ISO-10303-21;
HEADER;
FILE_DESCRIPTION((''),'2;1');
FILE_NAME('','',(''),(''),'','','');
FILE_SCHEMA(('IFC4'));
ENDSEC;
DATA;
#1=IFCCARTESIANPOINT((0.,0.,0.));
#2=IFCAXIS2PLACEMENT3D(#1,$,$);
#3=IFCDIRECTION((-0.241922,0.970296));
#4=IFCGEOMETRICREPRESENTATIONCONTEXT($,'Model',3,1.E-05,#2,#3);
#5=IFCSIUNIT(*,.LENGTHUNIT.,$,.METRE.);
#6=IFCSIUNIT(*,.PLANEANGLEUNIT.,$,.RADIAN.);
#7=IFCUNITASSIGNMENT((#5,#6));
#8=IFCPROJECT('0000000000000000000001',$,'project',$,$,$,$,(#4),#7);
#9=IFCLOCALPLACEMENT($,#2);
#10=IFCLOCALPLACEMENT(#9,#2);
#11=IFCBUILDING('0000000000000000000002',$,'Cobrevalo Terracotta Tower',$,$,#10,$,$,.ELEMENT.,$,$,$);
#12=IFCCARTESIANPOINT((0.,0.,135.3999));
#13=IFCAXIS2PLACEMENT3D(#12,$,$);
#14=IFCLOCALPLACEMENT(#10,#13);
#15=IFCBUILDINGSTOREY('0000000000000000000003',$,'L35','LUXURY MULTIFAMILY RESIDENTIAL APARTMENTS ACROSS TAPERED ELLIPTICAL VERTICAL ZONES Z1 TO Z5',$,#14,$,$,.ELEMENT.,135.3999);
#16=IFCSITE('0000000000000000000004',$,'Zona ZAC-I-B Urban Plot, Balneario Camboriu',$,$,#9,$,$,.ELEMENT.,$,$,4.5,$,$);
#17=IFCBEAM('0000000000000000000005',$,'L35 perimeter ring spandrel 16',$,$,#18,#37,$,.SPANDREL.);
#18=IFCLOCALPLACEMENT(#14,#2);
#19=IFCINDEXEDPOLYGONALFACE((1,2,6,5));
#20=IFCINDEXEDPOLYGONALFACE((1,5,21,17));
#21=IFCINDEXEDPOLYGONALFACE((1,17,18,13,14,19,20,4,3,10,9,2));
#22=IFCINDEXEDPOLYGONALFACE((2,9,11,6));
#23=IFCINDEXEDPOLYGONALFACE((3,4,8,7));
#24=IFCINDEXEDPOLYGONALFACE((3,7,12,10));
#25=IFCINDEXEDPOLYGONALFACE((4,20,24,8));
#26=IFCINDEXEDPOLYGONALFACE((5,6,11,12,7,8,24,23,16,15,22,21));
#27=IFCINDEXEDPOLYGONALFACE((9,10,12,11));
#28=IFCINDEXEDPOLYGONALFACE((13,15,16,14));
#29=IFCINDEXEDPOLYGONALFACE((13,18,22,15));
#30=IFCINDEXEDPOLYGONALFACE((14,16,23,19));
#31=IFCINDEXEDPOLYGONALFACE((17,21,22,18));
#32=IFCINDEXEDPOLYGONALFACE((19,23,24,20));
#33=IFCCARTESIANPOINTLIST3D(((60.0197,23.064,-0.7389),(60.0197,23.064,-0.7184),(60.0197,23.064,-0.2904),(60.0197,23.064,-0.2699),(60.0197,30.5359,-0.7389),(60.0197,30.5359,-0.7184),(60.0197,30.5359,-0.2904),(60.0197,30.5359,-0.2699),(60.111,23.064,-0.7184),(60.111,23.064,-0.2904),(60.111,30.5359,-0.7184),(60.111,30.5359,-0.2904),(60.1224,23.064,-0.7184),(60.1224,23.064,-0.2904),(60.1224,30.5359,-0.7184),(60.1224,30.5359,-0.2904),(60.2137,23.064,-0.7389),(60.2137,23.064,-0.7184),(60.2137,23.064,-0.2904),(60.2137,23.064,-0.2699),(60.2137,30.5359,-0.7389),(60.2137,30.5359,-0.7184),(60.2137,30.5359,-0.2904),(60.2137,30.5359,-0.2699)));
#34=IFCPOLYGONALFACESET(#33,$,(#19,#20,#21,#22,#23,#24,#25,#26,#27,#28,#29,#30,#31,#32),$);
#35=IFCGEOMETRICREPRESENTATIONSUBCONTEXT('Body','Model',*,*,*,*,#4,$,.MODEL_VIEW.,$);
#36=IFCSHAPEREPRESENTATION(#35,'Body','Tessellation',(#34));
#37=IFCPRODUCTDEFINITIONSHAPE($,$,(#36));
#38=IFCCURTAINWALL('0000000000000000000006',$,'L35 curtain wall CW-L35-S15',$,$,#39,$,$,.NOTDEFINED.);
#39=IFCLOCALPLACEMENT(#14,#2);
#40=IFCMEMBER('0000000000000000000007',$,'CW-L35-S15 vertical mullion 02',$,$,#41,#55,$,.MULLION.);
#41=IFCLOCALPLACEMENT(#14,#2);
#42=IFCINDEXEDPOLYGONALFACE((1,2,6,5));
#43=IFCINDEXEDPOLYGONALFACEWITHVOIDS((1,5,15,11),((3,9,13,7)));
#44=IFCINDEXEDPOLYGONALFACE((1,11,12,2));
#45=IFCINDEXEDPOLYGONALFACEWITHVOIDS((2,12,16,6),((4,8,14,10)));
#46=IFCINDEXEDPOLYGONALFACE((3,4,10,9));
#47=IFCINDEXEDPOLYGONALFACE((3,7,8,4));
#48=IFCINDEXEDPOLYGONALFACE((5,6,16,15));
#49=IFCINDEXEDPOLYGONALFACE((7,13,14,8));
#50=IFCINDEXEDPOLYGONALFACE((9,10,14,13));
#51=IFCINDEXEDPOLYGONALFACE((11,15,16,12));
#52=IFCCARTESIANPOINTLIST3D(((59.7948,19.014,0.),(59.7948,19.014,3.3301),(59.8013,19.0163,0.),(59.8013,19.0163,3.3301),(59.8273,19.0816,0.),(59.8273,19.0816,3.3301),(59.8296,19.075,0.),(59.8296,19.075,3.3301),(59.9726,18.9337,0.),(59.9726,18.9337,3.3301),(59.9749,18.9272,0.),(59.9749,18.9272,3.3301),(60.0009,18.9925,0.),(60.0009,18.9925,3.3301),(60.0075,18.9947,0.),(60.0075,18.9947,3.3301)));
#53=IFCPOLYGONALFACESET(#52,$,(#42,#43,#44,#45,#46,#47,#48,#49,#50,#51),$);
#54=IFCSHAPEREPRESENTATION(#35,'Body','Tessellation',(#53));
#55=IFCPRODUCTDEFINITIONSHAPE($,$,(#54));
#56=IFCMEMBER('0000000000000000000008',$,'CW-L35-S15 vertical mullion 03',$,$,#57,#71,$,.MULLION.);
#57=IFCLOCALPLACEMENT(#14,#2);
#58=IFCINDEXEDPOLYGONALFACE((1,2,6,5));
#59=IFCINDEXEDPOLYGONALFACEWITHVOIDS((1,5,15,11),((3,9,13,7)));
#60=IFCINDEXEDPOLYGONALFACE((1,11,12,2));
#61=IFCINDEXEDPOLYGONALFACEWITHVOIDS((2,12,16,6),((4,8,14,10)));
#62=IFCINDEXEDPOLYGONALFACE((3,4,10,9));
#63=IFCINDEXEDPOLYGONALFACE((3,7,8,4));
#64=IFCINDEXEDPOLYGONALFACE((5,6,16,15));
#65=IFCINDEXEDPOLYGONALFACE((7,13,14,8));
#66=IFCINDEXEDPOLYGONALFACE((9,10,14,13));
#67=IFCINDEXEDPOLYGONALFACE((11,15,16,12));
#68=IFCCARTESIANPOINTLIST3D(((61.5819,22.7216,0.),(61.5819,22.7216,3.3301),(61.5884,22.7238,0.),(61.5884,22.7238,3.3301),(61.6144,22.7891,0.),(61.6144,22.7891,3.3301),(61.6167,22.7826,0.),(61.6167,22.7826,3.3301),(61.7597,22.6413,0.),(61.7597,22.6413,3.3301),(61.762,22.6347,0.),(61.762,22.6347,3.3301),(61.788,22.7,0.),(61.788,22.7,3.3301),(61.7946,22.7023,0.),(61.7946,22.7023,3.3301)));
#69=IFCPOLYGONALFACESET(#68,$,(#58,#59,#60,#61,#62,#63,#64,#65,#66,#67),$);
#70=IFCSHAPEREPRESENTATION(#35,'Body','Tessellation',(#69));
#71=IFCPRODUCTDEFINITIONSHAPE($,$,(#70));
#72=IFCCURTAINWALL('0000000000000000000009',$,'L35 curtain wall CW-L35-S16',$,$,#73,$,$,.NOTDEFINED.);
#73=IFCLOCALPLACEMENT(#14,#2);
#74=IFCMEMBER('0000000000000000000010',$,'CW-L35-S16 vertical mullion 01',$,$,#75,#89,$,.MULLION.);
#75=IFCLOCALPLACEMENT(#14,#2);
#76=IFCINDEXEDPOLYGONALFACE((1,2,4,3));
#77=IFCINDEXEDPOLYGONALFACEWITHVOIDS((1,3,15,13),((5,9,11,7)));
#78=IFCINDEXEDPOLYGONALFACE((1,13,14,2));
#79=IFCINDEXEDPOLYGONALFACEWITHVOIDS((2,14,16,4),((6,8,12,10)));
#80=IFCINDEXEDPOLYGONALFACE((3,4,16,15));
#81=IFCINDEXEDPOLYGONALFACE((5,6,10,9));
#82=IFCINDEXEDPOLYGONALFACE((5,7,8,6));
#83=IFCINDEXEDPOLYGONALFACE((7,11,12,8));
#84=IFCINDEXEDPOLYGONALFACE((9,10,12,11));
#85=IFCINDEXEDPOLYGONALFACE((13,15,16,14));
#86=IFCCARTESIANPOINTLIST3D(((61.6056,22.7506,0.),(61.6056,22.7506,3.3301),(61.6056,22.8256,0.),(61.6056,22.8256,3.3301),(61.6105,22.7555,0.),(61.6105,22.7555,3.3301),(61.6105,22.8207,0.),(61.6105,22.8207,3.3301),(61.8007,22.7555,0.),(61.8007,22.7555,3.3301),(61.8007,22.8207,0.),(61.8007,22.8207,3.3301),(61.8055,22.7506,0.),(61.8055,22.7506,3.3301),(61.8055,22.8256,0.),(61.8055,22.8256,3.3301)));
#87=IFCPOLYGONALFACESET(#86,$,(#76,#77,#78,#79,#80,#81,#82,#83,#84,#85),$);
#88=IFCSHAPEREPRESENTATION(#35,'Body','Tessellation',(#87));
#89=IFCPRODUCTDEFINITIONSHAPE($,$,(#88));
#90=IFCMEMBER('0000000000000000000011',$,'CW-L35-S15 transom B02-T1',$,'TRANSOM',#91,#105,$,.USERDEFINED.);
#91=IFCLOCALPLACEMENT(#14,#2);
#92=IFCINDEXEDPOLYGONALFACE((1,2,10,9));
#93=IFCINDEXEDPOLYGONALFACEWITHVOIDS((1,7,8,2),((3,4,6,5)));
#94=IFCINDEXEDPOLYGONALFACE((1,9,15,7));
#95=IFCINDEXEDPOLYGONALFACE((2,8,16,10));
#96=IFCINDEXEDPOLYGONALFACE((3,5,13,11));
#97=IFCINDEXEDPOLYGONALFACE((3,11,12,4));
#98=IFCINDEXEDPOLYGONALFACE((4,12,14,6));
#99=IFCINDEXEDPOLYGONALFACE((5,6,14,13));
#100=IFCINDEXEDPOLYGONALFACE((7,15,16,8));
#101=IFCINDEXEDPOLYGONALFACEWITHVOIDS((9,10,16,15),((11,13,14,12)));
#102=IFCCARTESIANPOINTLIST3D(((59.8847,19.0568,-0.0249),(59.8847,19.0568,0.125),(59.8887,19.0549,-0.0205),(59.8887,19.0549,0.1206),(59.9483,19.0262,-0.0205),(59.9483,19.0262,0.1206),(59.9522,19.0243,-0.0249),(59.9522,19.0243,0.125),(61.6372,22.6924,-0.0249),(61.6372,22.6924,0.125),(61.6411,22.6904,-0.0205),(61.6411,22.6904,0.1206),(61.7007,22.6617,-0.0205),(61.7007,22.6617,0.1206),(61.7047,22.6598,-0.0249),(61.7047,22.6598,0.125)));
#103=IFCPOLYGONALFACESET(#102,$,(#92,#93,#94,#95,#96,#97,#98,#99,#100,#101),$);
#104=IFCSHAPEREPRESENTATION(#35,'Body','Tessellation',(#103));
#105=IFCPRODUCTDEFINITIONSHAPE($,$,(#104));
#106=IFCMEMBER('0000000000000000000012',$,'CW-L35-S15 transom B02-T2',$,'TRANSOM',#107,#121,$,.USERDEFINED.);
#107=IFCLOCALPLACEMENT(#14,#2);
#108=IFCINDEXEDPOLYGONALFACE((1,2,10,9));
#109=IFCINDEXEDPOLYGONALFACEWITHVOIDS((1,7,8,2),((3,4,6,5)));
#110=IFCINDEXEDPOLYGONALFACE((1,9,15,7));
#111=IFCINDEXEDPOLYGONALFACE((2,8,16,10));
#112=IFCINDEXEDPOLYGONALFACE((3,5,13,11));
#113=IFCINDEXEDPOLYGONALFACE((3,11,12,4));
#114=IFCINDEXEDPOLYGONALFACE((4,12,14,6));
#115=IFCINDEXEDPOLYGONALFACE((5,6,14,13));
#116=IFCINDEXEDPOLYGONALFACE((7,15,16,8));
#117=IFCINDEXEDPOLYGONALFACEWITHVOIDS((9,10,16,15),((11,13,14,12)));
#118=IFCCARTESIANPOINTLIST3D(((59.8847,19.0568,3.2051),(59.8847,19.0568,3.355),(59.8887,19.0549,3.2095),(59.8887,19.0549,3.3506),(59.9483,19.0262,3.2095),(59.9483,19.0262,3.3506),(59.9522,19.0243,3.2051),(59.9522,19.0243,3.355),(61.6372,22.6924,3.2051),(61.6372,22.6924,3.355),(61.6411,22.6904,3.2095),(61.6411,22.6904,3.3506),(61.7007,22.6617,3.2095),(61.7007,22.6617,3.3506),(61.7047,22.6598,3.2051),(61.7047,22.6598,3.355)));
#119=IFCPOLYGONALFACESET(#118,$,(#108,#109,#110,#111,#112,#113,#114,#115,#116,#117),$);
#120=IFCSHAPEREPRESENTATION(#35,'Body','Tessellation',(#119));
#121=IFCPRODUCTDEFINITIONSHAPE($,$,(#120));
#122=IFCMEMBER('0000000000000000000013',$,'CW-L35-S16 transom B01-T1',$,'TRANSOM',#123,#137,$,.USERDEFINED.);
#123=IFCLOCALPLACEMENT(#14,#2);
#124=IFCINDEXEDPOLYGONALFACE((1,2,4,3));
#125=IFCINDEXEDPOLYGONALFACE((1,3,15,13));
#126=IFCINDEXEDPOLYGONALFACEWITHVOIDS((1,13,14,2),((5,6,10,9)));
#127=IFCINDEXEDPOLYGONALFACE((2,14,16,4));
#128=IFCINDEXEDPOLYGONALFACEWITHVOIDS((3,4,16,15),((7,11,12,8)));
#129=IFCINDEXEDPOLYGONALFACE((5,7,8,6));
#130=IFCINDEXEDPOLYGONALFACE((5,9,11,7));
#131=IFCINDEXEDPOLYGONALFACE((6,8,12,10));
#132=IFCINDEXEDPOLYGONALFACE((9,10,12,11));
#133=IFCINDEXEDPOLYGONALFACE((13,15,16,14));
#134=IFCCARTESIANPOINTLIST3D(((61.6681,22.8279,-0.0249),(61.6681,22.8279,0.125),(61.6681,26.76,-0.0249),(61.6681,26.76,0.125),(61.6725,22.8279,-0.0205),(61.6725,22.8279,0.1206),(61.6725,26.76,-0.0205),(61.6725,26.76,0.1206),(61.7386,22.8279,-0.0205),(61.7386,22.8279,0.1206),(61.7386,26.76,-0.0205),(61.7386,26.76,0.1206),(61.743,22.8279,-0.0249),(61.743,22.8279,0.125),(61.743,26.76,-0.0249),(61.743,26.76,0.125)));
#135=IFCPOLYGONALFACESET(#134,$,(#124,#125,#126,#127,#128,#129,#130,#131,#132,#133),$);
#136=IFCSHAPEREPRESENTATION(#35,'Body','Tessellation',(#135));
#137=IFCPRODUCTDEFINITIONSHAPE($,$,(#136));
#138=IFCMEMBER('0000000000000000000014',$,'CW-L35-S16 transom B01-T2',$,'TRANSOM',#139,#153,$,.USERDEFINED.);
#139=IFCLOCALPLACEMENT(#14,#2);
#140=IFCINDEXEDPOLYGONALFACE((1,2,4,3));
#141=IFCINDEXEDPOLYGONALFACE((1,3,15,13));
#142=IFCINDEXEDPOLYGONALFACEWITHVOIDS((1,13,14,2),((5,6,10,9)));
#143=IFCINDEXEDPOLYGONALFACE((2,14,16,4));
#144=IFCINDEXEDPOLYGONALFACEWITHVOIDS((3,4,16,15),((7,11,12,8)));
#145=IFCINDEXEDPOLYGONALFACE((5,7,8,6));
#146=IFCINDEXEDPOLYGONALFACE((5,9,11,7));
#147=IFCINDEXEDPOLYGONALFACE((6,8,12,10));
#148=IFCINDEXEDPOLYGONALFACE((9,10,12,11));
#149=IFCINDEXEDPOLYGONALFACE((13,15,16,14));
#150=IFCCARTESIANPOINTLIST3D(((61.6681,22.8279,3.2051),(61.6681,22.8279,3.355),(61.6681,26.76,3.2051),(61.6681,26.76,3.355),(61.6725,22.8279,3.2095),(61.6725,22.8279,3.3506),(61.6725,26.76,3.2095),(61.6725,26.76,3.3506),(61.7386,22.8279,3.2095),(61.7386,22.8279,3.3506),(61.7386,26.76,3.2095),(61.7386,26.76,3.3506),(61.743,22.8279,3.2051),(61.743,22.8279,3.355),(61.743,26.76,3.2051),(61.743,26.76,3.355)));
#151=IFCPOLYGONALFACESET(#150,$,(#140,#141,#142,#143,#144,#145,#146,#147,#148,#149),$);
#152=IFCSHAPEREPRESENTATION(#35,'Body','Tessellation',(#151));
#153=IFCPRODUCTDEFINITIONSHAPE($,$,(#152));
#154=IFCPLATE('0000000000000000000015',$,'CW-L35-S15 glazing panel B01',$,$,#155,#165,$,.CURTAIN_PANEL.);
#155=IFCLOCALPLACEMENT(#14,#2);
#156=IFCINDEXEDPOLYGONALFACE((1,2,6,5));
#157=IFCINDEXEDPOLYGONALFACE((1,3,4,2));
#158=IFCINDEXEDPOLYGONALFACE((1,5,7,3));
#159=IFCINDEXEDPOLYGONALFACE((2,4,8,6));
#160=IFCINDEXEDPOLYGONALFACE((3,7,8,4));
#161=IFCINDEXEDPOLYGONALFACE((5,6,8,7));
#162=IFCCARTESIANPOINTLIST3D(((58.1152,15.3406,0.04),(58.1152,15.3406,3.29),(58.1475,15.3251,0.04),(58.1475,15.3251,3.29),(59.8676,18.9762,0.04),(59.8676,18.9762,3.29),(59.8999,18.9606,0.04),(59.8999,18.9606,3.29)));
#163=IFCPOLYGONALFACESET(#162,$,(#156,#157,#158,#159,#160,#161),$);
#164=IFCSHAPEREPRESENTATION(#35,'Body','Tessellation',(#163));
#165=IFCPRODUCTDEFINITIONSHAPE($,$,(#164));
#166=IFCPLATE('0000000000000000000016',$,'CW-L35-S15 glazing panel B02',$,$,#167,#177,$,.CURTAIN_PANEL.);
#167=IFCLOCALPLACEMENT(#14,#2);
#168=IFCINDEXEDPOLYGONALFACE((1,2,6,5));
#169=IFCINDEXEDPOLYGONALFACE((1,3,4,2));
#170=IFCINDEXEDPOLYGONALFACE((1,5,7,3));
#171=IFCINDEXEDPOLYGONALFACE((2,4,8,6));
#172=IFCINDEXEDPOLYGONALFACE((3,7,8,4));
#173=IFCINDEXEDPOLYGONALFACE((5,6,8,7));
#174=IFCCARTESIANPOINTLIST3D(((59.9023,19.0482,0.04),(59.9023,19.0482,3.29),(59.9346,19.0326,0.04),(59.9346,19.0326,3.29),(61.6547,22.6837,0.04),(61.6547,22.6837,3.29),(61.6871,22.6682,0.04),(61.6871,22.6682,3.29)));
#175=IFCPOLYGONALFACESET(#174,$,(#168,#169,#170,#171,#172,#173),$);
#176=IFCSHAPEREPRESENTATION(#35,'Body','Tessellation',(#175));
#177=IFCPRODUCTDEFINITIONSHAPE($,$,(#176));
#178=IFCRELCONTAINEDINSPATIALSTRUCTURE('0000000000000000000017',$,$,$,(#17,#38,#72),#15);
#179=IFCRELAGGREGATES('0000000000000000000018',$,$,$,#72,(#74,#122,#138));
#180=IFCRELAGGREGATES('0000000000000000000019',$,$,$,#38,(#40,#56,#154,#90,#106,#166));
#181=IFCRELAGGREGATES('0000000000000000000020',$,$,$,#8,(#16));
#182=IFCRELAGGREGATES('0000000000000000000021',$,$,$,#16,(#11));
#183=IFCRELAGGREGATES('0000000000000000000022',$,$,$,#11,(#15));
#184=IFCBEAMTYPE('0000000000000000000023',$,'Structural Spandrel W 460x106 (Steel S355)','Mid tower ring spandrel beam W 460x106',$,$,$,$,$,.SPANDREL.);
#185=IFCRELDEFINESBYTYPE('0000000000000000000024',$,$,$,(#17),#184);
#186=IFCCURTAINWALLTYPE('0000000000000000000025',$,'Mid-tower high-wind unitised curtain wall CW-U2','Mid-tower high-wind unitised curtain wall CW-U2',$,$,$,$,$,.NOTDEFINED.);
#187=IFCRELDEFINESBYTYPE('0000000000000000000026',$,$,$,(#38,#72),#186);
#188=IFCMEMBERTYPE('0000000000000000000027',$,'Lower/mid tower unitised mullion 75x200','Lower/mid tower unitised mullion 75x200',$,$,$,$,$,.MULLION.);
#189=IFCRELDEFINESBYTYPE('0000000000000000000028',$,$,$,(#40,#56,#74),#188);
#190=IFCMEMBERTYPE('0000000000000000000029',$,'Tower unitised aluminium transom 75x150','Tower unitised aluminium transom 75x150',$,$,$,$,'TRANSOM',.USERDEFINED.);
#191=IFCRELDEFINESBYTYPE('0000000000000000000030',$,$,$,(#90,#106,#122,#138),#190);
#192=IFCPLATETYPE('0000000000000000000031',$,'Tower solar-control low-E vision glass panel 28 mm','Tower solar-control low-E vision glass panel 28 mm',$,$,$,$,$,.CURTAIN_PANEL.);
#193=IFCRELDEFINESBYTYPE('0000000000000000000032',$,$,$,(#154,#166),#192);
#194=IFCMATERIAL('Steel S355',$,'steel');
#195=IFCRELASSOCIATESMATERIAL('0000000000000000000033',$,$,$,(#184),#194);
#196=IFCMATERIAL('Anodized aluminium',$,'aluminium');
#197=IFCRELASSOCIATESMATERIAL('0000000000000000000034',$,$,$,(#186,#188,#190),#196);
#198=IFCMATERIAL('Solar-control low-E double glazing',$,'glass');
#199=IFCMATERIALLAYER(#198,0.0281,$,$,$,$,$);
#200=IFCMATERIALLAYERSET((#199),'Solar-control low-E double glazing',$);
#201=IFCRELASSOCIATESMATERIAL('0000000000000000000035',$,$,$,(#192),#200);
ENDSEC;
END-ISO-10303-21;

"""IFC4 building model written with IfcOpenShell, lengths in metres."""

from ifc_helpers import new_model, si_unit, direction, frame, origin, origin_2d, place, context, subcontext, project, spatial, rectangle, hollow_rectangle, i_section, extrude, source, transform, mapped, material, layer, layer_set, material_profile, profile_set, type_object, element, aggregate, save


model = new_model("IFC4")

# Units and contexts
model_context = context("Model", 3, precision=1e-05, world=origin(), true_north=direction((-0.241922, 0.970296)))
body_context = subcontext(model_context, "Body", "Model", "MODEL_VIEW")
ifc_project = project(units=[si_unit("LENGTHUNIT", "METRE"), si_unit("PLANEANGLEUNIT", "RADIAN")], contexts=[model_context])

# Site, building, storey
site_placement = place(None, origin())
site = spatial("IfcSite", under=ifc_project, at=site_placement, Name="Zona ZAC-I-B Urban Plot, Balneario Camboriu", CompositionType="ELEMENT", RefElevation=4.5)
building_placement = place(site_placement, origin())
building = spatial("IfcBuilding", under=site, at=building_placement, Name="Cobrevalo Terracotta Tower", CompositionType="ELEMENT")
storey_placement = place(building_placement, frame((0.0, 0.0, 135.3999)))
storey = spatial("IfcBuildingStorey", under=building, at=storey_placement, Name="L35", Description="LUXURY MULTIFAMILY RESIDENTIAL APARTMENTS ACROSS TAPERED ELLIPTICAL VERTICAL ZONES Z1 TO Z5", CompositionType="ELEMENT", Elevation=135.3999)

# Shared definitions
ifc_material_1 = material(Name="Steel S355", Category="steel")

# Beam
ifc_material_profile_1 = material_profile(ifc_material_1, i_section(OverallWidth=0.1941, OverallDepth=0.469, WebThickness=0.0115, FlangeThickness=0.0205, at=origin_2d()), Name="W 460x106")
ifc_profile_set_1 = profile_set([ifc_material_profile_1], Name="Steel S355")
beam_type_1 = type_object("IfcBeamType", Name="Structural Spandrel W 460x106 (Steel S355)", Description="Mid tower ring spandrel beam W 460x106", PredefinedType="SPANDREL", material=ifc_profile_set_1)
beam_1_placement = place(storey_placement, frame((60.1167, 23.064, -0.5044), z_axis=(0.0, 1.0, 0.0), x_axis=(-1.0, 0.0, 0.0)))
element("IfcBeam", 1, at=beam_1_placement, inside=storey, type_object=beam_type_1, Name="L35 perimeter ring spandrel 16", PredefinedType="SPANDREL", context=body_context, shape_type="SweptSolid", body=[
    extrude(i_section(OverallWidth=0.1941, OverallDepth=0.469, WebThickness=0.0115, FlangeThickness=0.0205, at=origin_2d()), origin(), (0.0, 0.0, 1.0), 7.4719),
])

# Curtain wall, members
ifc_material_2 = material(Name="Anodized aluminium", Category="aluminium")
curtain_wall_type = type_object("IfcCurtainWallType", Name="Mid-tower high-wind unitised curtain wall CW-U2", Description="Mid-tower high-wind unitised curtain wall CW-U2", PredefinedType="NOTDEFINED", material=ifc_material_2)
curtain_wall_1_placement = place(storey_placement, origin())
curtain_wall_1 = element("IfcCurtainWall", 2, at=curtain_wall_1_placement, inside=storey, type_object=curtain_wall_type, Name="L35 curtain wall CW-L35-S15", PredefinedType="NOTDEFINED")
ifc_material_profile_2 = material_profile(ifc_material_2, hollow_rectangle(XDim=0.075, YDim=0.2, WallThickness=0.0049, at=origin_2d()), Name="CWM 75x200")
ifc_profile_set_2 = profile_set([ifc_material_profile_2], Name="Anodized aluminium")
member_type_1 = type_object("IfcMemberType", Name="Lower/mid tower unitised mullion 75x200", Description="Lower/mid tower unitised mullion 75x200", PredefinedType="MULLION", material=ifc_profile_set_2)
shared_shape_1 = source(origin(), body_context, "Body", "SweptSolid", [
    extrude(hollow_rectangle(XDim=0.075, YDim=0.2, WallThickness=0.0049, at=origin_2d()), origin(), (0.0, 0.0, 1.0), 3.3301),
])
member_1_placement = place(storey_placement, frame((59.9011, 19.0044, 0.0), z_axis=(0.0, 0.0, 1.0), x_axis=(0.434209, 0.900812, 0.0)))
member_1 = element("IfcMember", 3, at=member_1_placement, type_object=member_type_1, Name="CW-L35-S15 vertical mullion 02", PredefinedType="MULLION", context=body_context, shape_type="MappedRepresentation", body=[
    mapped(shared_shape_1, transform((0.0, 0.0, 0.0), scale=1.0)),
])
member_2_placement = place(storey_placement, frame((61.6882, 22.7119, 0.0), z_axis=(0.0, 0.0, 1.0), x_axis=(0.434209, 0.900812, 0.0)))
member_2 = element("IfcMember", 4, at=member_2_placement, type_object=member_type_1, Name="CW-L35-S15 vertical mullion 03", PredefinedType="MULLION", context=body_context, shape_type="MappedRepresentation", body=[
    mapped(shared_shape_1, transform((0.0, 0.0, 0.0), scale=1.0)),
])

# Curtain wall, member
curtain_wall_2_placement = place(storey_placement, origin())
curtain_wall_2 = element("IfcCurtainWall", 5, at=curtain_wall_2_placement, inside=storey, type_object=curtain_wall_type, Name="L35 curtain wall CW-L35-S16", PredefinedType="NOTDEFINED")
member_3_placement = place(storey_placement, frame((61.7056, 22.7881, 0.0), z_axis=(0.0, 0.0, 1.0), x_axis=(0.0, 1.0, 0.0)))
member_3 = element("IfcMember", 6, at=member_3_placement, type_object=member_type_1, Name="CW-L35-S16 vertical mullion 01", PredefinedType="MULLION", context=body_context, shape_type="MappedRepresentation", body=[
    mapped(shared_shape_1, transform((0.0, 0.0, 0.0), scale=1.0)),
])

# Members
ifc_material_profile_3 = material_profile(ifc_material_2, hollow_rectangle(XDim=0.075, YDim=0.1499, WallThickness=0.0044, at=origin_2d()), Name="CWT 75x150")
ifc_profile_set_3 = profile_set([ifc_material_profile_3], Name="Anodized aluminium")
member_type_2 = type_object("IfcMemberType", Name="Tower unitised aluminium transom 75x150", Description="Tower unitised aluminium transom 75x150", ElementType="TRANSOM", PredefinedType="USERDEFINED", material=ifc_profile_set_3)
shared_shape_2 = source(origin(), body_context, "Body", "SweptSolid", [
    extrude(hollow_rectangle(XDim=0.075, YDim=0.1499, WallThickness=0.0044, at=origin_2d()), origin(), (0.0, 0.0, 1.0), 4.0359),
])
member_4_placement = place(storey_placement, frame((59.9185, 19.0405, 0.05), z_axis=(0.434221, 0.900806, 0.0), x_axis=(-0.900806, 0.434221, 0.0)))
member_4 = element("IfcMember", 7, at=member_4_placement, type_object=member_type_2, Name="CW-L35-S15 transom B02-T1", ObjectType="TRANSOM", PredefinedType="USERDEFINED", context=body_context, shape_type="MappedRepresentation", body=[
    mapped(shared_shape_2, transform((0.0, 0.0, 0.0), scale=1.0)),
])
member_5_placement = place(storey_placement, frame((59.9185, 19.0405, 3.28), z_axis=(0.434221, 0.900806, 0.0), x_axis=(-0.900806, 0.434221, 0.0)))
member_5 = element("IfcMember", 8, at=member_5_placement, type_object=member_type_2, Name="CW-L35-S15 transom B02-T2", ObjectType="TRANSOM", PredefinedType="USERDEFINED", context=body_context, shape_type="MappedRepresentation", body=[
    mapped(shared_shape_2, transform((0.0, 0.0, 0.0), scale=1.0)),
])
shared_shape_3 = source(origin(), body_context, "Body", "SweptSolid", [
    extrude(hollow_rectangle(XDim=0.075, YDim=0.1499, WallThickness=0.0044, at=origin_2d()), origin(), (0.0, 0.0, 1.0), 3.9321),
])
member_6_placement = place(storey_placement, frame((61.7056, 22.8279, 0.05), z_axis=(0.0, 1.0, 0.0), x_axis=(-1.0, 0.0, 0.0)))
member_6 = element("IfcMember", 9, at=member_6_placement, type_object=member_type_2, Name="CW-L35-S16 transom B01-T1", ObjectType="TRANSOM", PredefinedType="USERDEFINED", context=body_context, shape_type="MappedRepresentation", body=[
    mapped(shared_shape_3, transform((0.0, 0.0, 0.0), scale=1.0)),
])
member_7_placement = place(storey_placement, frame((61.7056, 22.8279, 3.28), z_axis=(0.0, 1.0, 0.0), x_axis=(-1.0, 0.0, 0.0)))
member_7 = element("IfcMember", 10, at=member_7_placement, type_object=member_type_2, Name="CW-L35-S16 transom B01-T2", ObjectType="TRANSOM", PredefinedType="USERDEFINED", context=body_context, shape_type="MappedRepresentation", body=[
    mapped(shared_shape_3, transform((0.0, 0.0, 0.0), scale=1.0)),
])
aggregate(curtain_wall_2, [member_3, member_6, member_7])

# Plates
ifc_material_3 = material(Name="Solar-control low-E double glazing", Category="glass")
ifc_layer_1 = layer(ifc_material_3, 0.0281)
ifc_layer_set_1 = layer_set([ifc_layer_1], Name="Solar-control low-E double glazing")
plate_type = type_object("IfcPlateType", Name="Tower solar-control low-E vision glass panel 28 mm", Description="Tower solar-control low-E vision glass panel 28 mm", PredefinedType="CURTAIN_PANEL", material=ifc_layer_set_1)
shared_shape_4 = source(origin(), body_context, "Body", "SweptSolid", [
    extrude(rectangle(XDim=4.0359, YDim=0.0359, at=origin_2d()), origin(), (0.0, 0.0, 1.0), 3.25),
])
plate_1_placement = place(storey_placement, frame((59.0076, 17.1506, 0.04), z_axis=(0.0, 0.0, 1.0), x_axis=(0.434209, 0.900812, 0.0)))
plate_1 = element("IfcPlate", 11, at=plate_1_placement, type_object=plate_type, Name="CW-L35-S15 glazing panel B01", PredefinedType="CURTAIN_PANEL", context=body_context, shape_type="MappedRepresentation", body=[
    mapped(shared_shape_4, transform((0.0, 0.0, 0.0), scale=1.0)),
])
plate_2_placement = place(storey_placement, frame((60.7947, 20.8582, 0.04), z_axis=(0.0, 0.0, 1.0), x_axis=(0.434209, 0.900812, 0.0)))
plate_2 = element("IfcPlate", 12, at=plate_2_placement, type_object=plate_type, Name="CW-L35-S15 glazing panel B02", PredefinedType="CURTAIN_PANEL", context=body_context, shape_type="MappedRepresentation", body=[
    mapped(shared_shape_4, transform((0.0, 0.0, 0.0), scale=1.0)),
])
aggregate(curtain_wall_1, [member_1, member_2, plate_1, member_4, member_5, plate_2])

save(model, "model.ifc")
